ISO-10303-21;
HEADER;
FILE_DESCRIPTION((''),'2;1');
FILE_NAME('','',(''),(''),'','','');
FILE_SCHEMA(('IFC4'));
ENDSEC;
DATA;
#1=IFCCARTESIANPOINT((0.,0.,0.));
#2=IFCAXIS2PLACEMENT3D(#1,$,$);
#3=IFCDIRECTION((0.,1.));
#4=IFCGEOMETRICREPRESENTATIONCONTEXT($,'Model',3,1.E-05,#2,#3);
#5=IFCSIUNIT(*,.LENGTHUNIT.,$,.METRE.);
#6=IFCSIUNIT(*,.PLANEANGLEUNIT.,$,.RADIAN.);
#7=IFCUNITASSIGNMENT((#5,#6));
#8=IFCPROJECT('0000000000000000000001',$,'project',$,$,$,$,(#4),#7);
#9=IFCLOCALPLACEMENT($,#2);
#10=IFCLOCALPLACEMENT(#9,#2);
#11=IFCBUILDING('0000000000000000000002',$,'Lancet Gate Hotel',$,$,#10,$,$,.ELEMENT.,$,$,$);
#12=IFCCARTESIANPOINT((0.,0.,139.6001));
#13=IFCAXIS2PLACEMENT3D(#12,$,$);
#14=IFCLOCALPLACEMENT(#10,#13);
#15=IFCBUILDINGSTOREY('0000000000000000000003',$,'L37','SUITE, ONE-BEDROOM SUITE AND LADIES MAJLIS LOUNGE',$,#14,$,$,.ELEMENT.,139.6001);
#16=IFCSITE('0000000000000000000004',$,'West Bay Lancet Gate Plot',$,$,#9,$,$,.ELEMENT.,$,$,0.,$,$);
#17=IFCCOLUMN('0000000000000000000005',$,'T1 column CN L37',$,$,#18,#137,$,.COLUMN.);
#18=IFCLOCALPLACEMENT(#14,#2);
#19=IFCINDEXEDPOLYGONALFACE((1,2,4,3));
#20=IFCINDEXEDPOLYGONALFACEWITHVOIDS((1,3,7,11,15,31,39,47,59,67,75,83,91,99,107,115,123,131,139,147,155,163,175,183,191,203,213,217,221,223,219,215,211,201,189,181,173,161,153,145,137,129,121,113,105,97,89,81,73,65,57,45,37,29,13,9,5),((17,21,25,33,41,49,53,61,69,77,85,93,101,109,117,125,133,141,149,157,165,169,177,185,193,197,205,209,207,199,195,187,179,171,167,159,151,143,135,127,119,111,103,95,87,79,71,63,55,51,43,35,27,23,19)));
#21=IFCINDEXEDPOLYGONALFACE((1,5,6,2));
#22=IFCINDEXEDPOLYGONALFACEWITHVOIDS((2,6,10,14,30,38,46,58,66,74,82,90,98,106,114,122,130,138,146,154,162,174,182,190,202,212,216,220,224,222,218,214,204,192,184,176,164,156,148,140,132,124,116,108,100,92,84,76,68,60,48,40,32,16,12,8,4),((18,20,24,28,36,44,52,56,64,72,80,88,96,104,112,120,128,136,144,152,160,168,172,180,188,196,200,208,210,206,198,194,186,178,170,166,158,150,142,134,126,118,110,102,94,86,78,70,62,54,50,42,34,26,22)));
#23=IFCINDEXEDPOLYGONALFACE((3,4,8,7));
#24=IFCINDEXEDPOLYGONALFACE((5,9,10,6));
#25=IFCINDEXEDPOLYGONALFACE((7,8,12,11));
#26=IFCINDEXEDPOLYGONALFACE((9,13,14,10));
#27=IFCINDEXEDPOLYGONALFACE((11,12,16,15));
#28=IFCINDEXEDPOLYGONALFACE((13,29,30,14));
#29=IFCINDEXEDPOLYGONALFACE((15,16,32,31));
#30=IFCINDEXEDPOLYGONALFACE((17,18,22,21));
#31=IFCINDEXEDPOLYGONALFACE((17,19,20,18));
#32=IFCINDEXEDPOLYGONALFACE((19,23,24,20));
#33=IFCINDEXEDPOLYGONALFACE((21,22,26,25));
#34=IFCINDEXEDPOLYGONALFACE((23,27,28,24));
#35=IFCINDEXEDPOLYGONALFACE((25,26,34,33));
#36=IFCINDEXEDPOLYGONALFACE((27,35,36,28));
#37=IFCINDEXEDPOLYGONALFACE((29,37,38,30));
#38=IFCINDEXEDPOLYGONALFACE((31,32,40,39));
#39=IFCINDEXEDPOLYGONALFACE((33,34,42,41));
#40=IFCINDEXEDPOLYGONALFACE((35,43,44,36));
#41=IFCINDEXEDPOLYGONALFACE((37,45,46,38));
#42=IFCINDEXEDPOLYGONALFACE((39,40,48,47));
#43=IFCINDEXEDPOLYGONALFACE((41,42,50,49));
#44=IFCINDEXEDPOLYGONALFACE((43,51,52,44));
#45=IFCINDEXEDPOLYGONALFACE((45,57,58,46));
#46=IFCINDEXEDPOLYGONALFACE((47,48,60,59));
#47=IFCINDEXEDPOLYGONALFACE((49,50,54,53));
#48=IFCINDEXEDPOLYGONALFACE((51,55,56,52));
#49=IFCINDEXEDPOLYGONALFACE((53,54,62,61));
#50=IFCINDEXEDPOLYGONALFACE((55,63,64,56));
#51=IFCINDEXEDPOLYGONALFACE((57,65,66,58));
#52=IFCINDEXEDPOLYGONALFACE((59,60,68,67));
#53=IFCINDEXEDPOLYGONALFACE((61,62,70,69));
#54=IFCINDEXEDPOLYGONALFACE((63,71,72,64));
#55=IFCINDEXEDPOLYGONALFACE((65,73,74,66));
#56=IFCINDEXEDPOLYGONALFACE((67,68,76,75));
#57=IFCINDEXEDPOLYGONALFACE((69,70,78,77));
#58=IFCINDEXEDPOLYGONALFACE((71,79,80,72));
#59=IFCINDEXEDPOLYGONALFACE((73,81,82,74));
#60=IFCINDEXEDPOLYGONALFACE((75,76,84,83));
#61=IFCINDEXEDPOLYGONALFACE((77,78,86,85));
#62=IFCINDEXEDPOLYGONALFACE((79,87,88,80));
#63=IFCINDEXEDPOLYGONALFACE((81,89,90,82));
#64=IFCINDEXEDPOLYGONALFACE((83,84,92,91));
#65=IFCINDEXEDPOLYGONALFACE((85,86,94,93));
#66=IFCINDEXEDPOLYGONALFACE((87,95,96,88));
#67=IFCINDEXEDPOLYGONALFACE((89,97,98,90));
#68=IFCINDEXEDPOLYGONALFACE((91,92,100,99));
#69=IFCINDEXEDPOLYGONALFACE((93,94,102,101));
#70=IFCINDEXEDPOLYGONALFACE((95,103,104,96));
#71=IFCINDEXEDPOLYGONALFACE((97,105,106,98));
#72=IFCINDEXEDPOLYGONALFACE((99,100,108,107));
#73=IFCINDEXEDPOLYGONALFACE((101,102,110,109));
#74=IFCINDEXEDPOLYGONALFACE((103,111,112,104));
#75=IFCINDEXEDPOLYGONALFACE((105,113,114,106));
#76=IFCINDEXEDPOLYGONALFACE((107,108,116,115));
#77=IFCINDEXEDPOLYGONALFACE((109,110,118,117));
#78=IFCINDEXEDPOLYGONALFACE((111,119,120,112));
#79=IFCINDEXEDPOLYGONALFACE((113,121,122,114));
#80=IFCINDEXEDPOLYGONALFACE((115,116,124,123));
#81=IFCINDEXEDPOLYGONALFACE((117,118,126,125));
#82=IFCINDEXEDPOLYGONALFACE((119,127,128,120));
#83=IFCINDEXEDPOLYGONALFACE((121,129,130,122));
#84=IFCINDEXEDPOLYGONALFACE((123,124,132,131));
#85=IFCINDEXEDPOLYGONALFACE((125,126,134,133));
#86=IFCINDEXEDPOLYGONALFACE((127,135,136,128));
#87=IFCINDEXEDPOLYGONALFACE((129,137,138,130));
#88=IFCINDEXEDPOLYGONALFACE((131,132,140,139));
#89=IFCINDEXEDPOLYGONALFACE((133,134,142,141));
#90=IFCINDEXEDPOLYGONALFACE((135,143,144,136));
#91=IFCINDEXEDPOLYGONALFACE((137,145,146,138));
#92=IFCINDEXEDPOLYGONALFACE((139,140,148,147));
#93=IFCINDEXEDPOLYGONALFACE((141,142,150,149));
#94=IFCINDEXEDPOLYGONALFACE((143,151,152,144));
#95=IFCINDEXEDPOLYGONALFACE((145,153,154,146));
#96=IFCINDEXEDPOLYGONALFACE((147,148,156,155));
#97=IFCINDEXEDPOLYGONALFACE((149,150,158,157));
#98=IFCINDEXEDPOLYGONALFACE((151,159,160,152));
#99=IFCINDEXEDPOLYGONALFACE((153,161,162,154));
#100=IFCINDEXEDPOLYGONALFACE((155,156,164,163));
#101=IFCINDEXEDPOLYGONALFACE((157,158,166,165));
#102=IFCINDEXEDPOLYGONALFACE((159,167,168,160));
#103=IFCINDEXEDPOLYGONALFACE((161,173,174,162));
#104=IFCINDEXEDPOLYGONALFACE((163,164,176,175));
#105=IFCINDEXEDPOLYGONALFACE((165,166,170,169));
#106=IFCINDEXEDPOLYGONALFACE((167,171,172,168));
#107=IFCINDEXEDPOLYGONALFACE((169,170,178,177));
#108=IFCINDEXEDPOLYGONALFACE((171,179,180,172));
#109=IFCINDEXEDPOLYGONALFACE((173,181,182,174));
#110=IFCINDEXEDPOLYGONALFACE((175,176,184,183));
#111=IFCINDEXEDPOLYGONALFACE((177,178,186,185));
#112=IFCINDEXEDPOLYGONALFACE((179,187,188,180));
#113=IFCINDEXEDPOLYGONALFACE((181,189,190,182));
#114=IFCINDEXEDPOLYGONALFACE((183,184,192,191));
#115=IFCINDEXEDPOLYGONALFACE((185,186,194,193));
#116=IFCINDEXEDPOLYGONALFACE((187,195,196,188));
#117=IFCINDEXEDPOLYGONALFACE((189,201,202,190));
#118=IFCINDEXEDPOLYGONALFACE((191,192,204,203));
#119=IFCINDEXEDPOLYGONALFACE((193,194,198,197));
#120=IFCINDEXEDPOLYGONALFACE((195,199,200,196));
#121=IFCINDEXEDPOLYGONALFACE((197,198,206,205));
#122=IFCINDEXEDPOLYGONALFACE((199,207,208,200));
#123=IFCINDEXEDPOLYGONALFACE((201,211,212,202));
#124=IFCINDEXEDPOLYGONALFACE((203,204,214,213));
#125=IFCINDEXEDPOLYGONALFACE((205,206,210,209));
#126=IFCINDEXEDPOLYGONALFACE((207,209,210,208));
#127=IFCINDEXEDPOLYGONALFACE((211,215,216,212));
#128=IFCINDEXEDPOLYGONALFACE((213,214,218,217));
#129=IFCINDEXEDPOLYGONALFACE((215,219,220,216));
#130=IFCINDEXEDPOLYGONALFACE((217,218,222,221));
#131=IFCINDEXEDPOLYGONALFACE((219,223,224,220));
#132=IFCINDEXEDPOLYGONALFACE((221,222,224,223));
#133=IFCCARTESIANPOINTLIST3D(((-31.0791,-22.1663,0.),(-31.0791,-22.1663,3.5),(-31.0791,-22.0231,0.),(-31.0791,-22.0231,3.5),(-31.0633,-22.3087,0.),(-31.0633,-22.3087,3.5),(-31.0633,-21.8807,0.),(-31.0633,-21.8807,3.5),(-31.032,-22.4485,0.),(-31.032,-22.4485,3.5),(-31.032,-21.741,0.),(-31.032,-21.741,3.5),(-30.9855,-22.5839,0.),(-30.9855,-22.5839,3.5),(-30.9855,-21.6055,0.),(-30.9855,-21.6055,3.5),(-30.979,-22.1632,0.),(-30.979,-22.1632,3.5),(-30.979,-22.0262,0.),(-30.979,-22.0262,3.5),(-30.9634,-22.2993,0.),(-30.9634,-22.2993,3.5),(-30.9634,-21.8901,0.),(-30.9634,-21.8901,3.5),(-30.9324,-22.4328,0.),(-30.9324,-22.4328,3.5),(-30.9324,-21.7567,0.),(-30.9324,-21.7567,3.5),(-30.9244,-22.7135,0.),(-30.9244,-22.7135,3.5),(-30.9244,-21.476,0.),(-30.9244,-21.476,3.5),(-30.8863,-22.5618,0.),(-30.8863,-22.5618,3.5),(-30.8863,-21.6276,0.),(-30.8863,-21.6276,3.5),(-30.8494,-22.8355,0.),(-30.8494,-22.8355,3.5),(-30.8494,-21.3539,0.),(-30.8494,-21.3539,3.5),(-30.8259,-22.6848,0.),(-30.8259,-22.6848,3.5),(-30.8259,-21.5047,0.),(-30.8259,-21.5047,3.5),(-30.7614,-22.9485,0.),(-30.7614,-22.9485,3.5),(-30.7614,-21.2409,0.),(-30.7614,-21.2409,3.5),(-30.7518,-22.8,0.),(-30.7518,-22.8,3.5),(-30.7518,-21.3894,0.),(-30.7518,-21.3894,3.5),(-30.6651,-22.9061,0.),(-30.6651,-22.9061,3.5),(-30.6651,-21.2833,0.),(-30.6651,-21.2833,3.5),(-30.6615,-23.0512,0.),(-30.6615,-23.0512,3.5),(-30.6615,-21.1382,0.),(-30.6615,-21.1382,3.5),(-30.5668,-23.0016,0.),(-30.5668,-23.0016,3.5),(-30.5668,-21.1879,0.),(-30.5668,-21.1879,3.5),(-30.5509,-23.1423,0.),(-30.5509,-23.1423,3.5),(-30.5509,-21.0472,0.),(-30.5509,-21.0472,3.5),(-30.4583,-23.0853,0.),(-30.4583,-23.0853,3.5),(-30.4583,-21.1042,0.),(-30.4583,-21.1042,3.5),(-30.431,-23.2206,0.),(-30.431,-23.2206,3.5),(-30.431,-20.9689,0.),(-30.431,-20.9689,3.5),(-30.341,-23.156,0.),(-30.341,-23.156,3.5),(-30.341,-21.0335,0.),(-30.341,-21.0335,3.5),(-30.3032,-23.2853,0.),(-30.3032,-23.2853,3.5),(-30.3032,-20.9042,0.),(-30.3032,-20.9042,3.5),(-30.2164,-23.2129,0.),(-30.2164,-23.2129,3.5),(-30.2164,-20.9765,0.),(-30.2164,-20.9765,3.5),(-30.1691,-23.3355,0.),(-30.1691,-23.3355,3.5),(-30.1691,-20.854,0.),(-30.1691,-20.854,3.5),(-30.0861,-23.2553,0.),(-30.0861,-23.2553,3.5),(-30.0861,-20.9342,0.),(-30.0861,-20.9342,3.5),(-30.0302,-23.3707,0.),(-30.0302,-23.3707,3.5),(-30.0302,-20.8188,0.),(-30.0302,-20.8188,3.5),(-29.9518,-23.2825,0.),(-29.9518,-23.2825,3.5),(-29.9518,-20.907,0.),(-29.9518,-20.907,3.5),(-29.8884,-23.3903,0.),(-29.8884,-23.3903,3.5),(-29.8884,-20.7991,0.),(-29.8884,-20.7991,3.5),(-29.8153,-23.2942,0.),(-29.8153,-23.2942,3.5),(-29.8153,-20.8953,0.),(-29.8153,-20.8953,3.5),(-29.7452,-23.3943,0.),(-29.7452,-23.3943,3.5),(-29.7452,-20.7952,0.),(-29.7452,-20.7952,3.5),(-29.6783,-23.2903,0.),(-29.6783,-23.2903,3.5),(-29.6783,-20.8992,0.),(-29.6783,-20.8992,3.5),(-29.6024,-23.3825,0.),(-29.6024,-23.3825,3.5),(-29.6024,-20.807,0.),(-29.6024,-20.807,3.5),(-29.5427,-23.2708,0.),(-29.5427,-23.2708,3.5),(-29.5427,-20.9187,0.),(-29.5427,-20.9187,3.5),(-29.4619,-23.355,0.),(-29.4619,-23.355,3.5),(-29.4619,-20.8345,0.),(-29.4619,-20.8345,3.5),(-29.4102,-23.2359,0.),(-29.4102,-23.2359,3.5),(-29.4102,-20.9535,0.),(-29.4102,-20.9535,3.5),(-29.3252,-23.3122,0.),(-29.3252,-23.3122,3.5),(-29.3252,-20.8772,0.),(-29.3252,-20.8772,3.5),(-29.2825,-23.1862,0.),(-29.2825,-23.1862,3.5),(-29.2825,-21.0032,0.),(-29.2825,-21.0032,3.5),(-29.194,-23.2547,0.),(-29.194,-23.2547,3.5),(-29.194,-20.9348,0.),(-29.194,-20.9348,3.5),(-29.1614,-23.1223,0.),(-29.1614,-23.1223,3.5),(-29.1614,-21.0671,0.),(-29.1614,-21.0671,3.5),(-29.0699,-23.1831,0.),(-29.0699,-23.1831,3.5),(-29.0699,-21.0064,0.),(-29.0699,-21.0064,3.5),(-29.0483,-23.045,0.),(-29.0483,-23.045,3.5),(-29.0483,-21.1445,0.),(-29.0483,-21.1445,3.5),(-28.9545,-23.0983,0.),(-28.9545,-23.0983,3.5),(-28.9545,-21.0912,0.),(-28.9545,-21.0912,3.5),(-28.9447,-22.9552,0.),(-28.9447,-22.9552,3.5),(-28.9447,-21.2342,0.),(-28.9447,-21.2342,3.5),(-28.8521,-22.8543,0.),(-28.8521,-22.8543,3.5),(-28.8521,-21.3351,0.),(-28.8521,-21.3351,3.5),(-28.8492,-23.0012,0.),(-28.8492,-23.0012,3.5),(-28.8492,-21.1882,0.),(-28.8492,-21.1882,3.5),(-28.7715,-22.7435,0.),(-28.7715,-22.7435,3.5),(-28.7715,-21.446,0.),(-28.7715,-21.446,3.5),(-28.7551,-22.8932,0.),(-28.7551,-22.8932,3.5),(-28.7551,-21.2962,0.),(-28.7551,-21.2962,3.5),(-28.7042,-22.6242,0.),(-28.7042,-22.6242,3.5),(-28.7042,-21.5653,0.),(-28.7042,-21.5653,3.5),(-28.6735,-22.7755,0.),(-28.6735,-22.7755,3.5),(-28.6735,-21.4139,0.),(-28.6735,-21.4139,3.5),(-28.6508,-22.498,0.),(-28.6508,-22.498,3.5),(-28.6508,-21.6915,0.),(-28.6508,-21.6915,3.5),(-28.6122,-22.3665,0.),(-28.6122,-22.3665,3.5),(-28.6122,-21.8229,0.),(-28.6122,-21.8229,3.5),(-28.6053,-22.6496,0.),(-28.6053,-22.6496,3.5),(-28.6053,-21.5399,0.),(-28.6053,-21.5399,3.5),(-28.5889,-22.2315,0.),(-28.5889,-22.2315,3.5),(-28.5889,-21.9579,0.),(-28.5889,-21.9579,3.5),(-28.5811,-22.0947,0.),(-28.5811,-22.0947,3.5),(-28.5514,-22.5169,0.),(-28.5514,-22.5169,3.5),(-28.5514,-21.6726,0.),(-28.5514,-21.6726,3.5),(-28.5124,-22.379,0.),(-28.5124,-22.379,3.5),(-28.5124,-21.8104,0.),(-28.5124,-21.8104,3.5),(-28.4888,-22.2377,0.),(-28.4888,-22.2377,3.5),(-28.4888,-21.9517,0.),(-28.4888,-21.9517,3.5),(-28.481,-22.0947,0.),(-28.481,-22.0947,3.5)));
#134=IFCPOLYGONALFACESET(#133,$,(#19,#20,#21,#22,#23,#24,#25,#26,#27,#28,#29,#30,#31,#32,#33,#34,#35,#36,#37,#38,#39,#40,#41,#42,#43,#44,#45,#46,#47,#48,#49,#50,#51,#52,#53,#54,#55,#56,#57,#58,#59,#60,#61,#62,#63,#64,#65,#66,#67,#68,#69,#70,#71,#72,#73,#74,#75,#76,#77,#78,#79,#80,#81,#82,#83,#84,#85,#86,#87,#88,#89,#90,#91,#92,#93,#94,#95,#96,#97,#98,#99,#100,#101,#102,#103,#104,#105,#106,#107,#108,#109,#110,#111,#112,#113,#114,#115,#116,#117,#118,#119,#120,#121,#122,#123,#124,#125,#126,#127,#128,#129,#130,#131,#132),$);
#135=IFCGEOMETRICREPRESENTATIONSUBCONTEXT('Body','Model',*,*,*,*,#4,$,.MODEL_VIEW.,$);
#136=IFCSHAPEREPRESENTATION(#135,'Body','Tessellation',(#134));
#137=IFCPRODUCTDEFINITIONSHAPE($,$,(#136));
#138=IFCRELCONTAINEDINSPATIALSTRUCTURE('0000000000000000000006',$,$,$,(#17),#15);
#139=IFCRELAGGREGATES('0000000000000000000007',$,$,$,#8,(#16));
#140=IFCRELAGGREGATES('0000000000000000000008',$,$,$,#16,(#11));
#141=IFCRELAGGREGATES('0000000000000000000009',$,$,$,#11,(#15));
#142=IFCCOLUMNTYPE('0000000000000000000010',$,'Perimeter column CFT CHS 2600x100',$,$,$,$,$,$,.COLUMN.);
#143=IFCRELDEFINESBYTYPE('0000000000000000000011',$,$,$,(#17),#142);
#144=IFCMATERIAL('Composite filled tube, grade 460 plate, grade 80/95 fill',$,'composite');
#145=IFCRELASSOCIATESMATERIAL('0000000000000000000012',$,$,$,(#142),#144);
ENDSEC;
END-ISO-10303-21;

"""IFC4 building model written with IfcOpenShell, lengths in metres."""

from ifc_helpers import new_model, si_unit, direction, frame, origin, origin_2d, place, context, subcontext, project, spatial, hollow_circle, extrude, material, material_profile, profile_set, type_object, element, save


model = new_model("IFC4")

# Units and contexts
model_context = context("Model", 3, precision=1e-05, world=origin(), true_north=direction((0.0, 1.0)))
body_context = subcontext(model_context, "Body", "Model", "MODEL_VIEW")
ifc_project = project(units=[si_unit("LENGTHUNIT", "METRE"), si_unit("PLANEANGLEUNIT", "RADIAN")], contexts=[model_context])

# Site, building, storey
site_placement = place(None, origin())
site = spatial("IfcSite", under=ifc_project, at=site_placement, Name="West Bay Lancet Gate Plot", CompositionType="ELEMENT", RefElevation=0.0)
building_placement = place(site_placement, origin())
building = spatial("IfcBuilding", under=site, at=building_placement, Name="Lancet Gate Hotel", CompositionType="ELEMENT")
storey_placement = place(building_placement, frame((0.0, 0.0, 139.6001)))
storey = spatial("IfcBuildingStorey", under=building, at=storey_placement, Name="L37", Description="SUITE, ONE-BEDROOM SUITE AND LADIES MAJLIS LOUNGE", CompositionType="ELEMENT", Elevation=139.6001)

# Column
ifc_material_1 = material(Name="Composite filled tube, grade 460 plate, grade 80/95 fill", Category="composite")
ifc_material_profile_1 = material_profile(ifc_material_1, hollow_circle(Radius=1.3, WallThickness=0.1001, at=origin_2d()), Name="CHS 2600x100")
ifc_profile_set_1 = profile_set([ifc_material_profile_1], Name="Composite filled tube, grade 460 plate, grade 80/95 fill")
column_type = type_object("IfcColumnType", Name="Perimeter column CFT CHS 2600x100", PredefinedType="COLUMN", material=ifc_profile_set_1)
for number, where, z_axis, x_axis, name in (
    (1, (-29.781, -22.0947, 0.0), (0.0, 0.0, 1.0), (1.0, 0.0, 0.0), "T1 column CN L37"),
):
    element("IfcColumn", number, at=place(storey_placement, frame(where, z_axis=z_axis, x_axis=x_axis)), inside=storey, type_object=column_type, Name=name, PredefinedType="COLUMN", context=body_context, shape_type="SweptSolid", body=[
        extrude(hollow_circle(Radius=1.3, WallThickness=0.1001, at=origin_2d()), origin(), (0.0, 0.0, 1.0), 3.5),
    ])

save(model, "model.ifc")
